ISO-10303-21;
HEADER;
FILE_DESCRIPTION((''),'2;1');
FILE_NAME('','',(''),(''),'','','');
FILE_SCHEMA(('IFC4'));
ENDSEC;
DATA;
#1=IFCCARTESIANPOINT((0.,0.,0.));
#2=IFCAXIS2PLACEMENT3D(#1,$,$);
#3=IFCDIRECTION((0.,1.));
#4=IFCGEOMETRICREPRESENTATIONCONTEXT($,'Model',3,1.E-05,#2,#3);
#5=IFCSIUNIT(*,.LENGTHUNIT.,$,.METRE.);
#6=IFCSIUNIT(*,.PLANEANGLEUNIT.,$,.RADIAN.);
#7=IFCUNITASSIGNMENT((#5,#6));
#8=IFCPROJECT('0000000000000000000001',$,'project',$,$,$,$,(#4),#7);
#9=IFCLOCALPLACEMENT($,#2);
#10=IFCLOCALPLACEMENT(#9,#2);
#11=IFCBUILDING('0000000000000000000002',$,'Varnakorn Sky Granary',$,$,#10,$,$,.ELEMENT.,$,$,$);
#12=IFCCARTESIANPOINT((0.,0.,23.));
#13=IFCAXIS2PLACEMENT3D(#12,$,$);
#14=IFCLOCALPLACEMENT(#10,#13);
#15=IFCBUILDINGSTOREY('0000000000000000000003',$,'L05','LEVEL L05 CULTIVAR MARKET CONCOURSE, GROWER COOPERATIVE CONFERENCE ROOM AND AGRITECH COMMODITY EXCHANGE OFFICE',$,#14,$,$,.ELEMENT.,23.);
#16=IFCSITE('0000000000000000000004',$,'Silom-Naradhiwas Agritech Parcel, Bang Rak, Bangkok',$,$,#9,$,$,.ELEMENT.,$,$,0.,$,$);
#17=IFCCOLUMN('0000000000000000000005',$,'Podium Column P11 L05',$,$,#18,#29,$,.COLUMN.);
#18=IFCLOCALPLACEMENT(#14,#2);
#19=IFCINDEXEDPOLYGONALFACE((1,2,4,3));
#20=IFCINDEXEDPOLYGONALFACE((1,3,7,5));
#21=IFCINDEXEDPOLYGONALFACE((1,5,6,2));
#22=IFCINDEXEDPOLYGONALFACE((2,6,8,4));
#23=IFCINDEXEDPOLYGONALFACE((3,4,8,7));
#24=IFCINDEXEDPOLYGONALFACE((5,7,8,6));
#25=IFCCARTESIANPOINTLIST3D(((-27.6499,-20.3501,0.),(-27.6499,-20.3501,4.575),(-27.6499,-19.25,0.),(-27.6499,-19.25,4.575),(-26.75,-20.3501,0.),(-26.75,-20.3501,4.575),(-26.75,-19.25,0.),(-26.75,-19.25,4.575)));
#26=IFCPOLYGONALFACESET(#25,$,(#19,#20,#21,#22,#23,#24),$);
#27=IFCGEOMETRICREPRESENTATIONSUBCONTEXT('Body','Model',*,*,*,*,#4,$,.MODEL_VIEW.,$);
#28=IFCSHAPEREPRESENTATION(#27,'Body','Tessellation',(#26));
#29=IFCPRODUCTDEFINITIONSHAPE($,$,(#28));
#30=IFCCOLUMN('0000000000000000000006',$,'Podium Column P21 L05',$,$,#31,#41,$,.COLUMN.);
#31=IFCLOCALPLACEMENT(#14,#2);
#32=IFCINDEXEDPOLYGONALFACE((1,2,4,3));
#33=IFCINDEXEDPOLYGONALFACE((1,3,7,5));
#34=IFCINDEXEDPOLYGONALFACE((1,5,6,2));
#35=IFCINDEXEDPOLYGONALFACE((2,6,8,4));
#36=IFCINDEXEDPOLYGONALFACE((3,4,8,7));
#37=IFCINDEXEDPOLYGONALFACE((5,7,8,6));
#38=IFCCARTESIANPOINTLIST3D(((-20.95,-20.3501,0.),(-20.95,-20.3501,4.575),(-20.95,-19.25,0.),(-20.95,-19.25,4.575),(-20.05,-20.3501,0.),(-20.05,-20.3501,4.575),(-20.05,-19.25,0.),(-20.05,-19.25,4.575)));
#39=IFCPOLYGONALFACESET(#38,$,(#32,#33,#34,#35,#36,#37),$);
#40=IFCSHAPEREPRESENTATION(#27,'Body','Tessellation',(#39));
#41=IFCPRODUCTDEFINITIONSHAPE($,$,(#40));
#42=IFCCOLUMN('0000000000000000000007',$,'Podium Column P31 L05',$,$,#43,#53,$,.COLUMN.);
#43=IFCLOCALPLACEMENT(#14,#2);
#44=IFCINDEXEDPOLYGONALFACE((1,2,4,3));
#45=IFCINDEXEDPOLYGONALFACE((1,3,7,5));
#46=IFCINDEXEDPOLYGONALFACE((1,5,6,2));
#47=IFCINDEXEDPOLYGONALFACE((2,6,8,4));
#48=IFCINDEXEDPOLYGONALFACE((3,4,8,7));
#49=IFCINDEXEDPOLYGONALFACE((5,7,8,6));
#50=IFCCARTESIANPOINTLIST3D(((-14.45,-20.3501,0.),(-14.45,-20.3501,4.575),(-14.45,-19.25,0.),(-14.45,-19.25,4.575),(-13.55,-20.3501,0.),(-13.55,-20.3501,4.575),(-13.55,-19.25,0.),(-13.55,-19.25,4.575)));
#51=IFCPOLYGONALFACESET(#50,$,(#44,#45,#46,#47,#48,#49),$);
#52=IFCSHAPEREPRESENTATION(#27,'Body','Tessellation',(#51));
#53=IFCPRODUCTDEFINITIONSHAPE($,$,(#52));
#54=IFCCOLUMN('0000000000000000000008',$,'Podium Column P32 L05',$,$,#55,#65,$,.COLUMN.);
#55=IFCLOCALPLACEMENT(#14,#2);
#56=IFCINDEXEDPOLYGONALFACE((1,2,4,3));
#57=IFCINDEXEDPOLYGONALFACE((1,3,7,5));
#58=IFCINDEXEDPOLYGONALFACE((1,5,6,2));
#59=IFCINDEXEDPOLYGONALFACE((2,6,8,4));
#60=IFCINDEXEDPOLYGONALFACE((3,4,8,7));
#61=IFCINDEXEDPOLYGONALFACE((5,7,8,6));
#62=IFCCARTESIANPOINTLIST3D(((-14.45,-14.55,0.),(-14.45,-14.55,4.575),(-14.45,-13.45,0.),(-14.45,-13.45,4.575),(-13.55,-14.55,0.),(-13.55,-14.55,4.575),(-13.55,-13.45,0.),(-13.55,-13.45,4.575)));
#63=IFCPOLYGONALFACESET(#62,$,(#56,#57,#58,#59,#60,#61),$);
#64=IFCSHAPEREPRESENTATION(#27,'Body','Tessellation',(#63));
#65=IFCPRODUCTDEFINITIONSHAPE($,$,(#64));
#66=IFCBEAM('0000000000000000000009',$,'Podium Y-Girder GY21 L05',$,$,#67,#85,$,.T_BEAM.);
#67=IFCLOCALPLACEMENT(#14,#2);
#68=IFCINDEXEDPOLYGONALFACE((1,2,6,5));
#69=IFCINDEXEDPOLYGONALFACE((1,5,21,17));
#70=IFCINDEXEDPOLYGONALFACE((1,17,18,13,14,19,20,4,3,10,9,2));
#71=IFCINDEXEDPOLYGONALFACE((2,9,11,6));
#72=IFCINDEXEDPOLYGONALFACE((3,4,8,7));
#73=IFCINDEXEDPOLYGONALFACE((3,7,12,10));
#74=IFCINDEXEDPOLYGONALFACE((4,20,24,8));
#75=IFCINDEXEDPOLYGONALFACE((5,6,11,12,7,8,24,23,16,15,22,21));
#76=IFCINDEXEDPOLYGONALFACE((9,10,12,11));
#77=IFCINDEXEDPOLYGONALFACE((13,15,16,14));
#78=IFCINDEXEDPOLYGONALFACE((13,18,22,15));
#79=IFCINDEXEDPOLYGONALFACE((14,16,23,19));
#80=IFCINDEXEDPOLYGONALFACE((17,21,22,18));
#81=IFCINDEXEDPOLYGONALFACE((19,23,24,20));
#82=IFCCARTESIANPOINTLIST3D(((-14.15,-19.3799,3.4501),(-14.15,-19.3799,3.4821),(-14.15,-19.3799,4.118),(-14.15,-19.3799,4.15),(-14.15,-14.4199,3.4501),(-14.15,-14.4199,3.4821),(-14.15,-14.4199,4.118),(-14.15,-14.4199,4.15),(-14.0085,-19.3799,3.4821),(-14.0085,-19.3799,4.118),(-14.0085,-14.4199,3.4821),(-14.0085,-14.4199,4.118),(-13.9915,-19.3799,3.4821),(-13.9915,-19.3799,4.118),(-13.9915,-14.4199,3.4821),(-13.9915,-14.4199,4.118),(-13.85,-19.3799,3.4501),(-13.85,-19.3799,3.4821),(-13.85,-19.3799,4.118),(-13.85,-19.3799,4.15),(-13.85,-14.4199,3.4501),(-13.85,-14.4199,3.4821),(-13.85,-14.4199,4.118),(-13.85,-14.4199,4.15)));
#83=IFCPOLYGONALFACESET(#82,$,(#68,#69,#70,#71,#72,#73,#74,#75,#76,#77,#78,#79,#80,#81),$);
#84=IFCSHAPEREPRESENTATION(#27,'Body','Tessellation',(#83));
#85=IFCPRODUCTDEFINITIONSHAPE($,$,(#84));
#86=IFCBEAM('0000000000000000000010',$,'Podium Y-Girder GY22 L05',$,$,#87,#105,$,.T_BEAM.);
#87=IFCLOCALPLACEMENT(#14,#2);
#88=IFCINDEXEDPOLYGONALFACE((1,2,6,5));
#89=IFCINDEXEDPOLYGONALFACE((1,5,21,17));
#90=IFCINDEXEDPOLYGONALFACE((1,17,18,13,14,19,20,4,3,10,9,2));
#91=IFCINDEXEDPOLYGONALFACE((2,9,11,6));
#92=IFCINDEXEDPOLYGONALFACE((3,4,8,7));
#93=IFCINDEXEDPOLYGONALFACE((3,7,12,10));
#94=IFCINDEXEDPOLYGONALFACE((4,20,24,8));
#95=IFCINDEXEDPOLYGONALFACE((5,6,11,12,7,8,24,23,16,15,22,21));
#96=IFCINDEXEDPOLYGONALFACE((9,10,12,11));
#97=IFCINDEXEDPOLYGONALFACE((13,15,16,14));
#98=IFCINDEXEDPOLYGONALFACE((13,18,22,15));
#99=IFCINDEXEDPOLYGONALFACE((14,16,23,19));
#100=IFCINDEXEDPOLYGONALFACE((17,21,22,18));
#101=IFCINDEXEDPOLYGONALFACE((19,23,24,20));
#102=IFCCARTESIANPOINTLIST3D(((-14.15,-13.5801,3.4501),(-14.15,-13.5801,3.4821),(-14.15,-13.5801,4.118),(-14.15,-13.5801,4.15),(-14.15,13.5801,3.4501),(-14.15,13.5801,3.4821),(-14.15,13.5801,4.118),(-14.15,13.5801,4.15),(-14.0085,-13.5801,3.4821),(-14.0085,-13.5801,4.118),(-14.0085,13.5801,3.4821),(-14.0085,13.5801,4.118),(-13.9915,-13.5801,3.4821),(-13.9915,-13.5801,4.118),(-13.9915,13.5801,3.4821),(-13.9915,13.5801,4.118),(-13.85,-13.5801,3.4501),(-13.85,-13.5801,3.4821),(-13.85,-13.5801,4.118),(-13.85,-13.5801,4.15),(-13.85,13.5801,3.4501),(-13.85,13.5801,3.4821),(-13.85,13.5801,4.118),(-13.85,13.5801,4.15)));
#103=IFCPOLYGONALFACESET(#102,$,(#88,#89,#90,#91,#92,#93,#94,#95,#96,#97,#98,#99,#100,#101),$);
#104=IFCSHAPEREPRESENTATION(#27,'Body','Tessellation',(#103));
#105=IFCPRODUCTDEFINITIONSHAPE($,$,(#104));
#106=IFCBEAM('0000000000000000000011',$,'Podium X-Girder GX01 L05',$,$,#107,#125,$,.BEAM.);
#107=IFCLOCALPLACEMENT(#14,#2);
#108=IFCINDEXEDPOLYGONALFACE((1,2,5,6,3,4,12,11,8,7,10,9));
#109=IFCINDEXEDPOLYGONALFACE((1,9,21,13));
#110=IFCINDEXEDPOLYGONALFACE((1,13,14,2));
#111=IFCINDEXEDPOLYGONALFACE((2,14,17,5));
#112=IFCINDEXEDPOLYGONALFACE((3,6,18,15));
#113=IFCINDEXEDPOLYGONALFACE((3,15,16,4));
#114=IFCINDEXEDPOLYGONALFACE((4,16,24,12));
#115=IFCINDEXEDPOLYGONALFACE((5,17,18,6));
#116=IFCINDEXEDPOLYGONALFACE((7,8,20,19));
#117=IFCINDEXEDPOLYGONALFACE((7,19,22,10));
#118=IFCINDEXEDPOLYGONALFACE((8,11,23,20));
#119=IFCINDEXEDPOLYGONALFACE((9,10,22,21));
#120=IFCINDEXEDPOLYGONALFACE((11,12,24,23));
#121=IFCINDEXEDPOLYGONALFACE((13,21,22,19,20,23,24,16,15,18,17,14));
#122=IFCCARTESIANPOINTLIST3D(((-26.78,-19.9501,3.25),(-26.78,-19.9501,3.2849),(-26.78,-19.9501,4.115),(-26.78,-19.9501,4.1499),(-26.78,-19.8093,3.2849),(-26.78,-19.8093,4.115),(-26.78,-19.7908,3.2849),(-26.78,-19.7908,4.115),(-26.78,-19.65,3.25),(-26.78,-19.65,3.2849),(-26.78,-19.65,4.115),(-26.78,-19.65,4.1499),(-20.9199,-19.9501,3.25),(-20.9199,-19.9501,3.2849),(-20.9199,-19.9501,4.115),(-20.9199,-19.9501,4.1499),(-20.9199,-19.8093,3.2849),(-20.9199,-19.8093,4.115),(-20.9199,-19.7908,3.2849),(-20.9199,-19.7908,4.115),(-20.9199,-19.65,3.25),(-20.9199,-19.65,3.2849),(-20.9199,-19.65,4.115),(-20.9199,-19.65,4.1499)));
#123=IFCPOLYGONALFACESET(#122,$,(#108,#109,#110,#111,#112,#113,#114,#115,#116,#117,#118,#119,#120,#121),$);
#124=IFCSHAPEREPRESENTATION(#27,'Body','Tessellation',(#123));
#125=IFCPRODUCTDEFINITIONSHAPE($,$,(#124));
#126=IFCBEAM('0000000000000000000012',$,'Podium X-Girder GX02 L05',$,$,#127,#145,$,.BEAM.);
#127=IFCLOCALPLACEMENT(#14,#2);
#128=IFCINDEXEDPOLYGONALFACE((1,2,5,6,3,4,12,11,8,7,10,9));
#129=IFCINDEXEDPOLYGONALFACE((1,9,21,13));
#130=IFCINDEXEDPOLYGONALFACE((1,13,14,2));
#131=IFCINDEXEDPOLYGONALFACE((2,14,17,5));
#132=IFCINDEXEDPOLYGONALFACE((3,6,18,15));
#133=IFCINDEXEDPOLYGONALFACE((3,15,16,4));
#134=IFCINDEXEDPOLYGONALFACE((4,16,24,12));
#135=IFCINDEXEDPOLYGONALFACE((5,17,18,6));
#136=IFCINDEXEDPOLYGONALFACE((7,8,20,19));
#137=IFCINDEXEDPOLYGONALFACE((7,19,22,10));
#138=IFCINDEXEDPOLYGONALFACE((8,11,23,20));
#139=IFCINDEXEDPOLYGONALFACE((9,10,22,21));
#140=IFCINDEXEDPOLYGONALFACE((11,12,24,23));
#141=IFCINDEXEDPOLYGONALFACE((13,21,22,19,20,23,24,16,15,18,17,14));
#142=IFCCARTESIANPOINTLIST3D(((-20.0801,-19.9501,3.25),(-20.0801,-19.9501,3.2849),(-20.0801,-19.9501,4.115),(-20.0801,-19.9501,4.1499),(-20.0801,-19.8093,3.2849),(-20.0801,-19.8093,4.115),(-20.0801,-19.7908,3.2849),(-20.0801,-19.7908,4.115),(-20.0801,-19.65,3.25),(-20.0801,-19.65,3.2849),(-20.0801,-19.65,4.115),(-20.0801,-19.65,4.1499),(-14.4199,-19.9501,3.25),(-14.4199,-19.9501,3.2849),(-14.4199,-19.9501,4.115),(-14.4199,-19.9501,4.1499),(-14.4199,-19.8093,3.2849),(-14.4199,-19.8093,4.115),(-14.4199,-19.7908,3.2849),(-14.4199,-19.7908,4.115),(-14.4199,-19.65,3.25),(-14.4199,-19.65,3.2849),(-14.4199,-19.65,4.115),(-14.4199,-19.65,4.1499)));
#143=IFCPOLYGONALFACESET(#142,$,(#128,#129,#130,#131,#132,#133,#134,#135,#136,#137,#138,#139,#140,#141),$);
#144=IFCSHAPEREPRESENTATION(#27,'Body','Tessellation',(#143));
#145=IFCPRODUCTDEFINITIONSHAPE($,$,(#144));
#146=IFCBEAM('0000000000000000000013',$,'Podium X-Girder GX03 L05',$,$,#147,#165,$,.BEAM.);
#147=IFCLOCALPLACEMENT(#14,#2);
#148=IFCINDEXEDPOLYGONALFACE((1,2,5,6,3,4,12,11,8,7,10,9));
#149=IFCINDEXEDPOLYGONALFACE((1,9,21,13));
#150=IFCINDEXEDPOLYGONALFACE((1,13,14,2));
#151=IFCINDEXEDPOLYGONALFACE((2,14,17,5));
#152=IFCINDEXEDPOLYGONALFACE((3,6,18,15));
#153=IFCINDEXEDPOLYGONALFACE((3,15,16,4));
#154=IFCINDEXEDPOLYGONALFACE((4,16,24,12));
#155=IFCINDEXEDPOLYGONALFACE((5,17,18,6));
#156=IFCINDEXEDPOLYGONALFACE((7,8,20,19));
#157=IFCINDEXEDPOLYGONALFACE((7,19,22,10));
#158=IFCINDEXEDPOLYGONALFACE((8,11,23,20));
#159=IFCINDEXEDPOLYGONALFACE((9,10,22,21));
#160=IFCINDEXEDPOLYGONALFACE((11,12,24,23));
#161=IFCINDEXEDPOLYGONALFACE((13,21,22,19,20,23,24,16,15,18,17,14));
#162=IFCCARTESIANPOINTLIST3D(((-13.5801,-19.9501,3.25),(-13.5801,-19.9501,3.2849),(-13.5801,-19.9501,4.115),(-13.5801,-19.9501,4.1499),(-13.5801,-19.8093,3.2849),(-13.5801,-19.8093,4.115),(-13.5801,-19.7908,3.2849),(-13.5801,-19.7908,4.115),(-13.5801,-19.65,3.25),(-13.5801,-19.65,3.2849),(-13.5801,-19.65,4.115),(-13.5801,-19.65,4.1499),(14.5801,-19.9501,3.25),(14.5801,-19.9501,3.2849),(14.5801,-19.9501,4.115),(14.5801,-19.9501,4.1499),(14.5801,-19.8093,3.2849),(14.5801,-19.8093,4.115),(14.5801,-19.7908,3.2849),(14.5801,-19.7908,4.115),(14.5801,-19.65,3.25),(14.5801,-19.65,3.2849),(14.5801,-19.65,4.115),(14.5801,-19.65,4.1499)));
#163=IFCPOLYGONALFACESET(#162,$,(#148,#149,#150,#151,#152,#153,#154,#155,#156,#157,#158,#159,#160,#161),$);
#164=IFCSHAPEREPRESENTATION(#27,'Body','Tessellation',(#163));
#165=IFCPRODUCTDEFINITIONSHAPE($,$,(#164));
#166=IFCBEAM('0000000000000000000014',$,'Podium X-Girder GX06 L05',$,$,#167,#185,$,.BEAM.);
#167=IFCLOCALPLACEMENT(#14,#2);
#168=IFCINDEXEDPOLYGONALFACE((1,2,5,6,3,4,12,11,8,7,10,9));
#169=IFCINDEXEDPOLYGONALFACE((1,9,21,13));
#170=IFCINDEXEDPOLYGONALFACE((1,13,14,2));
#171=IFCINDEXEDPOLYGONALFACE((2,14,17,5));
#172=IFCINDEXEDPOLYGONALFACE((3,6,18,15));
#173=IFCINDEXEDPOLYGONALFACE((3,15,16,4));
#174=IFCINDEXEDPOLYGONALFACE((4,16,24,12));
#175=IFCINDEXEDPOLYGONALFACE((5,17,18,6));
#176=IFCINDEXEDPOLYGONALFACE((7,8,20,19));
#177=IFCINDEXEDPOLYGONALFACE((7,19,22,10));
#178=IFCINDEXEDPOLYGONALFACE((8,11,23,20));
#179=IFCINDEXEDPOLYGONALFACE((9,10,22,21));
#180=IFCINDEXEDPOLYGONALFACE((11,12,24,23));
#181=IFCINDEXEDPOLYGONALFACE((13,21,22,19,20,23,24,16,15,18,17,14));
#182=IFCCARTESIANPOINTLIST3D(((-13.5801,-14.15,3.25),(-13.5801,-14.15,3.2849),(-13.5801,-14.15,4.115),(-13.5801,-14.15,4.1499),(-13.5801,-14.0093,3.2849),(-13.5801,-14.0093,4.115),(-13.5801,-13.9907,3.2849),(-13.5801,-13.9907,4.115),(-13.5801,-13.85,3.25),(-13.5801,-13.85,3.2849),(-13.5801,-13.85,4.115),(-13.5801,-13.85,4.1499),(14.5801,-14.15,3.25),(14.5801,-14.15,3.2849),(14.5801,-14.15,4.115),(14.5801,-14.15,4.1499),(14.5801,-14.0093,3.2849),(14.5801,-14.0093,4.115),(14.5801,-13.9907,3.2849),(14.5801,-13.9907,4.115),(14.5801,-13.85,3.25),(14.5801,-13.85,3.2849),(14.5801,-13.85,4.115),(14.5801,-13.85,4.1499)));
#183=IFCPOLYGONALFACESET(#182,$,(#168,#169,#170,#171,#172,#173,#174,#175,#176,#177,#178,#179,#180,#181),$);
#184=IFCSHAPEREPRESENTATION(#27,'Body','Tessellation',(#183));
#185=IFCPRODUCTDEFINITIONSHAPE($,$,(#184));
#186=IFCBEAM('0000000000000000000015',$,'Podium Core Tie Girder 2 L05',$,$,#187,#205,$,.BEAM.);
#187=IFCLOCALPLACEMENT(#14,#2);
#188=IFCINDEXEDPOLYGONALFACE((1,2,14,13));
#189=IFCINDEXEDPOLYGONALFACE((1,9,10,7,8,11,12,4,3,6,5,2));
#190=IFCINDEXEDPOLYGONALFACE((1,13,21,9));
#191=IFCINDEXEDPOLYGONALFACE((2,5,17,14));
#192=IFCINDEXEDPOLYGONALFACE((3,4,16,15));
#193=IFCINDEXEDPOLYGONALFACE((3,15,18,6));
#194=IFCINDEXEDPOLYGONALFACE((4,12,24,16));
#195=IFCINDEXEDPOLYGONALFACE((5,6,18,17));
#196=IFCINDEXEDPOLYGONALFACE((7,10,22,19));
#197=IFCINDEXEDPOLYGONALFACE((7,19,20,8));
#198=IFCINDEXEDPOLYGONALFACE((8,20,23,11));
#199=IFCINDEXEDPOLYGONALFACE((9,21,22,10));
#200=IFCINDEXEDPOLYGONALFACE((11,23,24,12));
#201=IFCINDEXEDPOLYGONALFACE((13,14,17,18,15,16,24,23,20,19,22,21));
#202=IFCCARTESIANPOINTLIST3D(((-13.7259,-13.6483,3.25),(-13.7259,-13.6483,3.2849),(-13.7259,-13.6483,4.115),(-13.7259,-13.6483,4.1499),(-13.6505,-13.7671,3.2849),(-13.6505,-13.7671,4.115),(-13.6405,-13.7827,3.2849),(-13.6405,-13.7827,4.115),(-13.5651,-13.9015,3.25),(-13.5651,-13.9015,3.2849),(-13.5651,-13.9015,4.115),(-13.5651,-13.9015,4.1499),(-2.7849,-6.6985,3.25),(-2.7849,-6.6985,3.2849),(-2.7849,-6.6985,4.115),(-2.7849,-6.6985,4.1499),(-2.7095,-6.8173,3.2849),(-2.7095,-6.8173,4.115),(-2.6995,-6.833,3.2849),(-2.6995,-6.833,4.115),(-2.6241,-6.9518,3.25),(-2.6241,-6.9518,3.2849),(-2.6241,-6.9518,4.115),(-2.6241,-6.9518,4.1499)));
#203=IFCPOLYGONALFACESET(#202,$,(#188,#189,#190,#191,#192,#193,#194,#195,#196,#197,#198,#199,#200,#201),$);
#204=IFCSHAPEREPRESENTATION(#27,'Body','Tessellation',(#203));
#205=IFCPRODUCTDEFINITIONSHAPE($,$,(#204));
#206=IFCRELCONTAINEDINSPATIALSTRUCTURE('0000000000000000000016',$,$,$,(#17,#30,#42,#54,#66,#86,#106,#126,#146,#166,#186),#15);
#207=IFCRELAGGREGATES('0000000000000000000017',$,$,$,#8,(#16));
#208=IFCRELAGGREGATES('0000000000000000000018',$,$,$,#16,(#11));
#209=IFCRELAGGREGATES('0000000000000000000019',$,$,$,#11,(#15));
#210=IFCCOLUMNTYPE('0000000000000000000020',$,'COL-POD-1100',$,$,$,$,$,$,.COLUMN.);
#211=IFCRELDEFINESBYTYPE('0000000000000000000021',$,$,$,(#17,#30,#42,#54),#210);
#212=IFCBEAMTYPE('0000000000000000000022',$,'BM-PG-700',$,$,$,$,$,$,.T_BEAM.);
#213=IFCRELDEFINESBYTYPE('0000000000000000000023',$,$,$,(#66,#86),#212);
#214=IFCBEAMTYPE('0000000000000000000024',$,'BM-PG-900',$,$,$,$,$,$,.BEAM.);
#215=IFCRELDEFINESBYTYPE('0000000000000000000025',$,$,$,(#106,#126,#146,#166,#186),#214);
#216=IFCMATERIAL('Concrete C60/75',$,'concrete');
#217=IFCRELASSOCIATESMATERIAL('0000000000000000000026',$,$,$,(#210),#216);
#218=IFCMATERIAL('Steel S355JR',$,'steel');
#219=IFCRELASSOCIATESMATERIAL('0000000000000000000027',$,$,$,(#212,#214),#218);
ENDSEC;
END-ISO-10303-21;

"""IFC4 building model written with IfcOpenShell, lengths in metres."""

from ifc_helpers import new_model, si_unit, direction, frame, origin, origin_2d, place, context, subcontext, project, spatial, rectangle, i_section, extrude, material, material_profile, profile_set, type_object, element, save


model = new_model("IFC4")

# Units and contexts
model_context = context("Model", 3, precision=1e-05, world=origin(), true_north=direction((0.0, 1.0)))
body_context = subcontext(model_context, "Body", "Model", "MODEL_VIEW")
ifc_project = project(units=[si_unit("LENGTHUNIT", "METRE"), si_unit("PLANEANGLEUNIT", "RADIAN")], contexts=[model_context])

# Site, building, storey
site_placement = place(None, origin())
site = spatial("IfcSite", under=ifc_project, at=site_placement, Name="Silom-Naradhiwas Agritech Parcel, Bang Rak, Bangkok", CompositionType="ELEMENT", RefElevation=0.0)
building_placement = place(site_placement, origin())
building = spatial("IfcBuilding", under=site, at=building_placement, Name="Varnakorn Sky Granary", CompositionType="ELEMENT")
storey_placement = place(building_placement, frame((0.0, 0.0, 23.0)))
storey = spatial("IfcBuildingStorey", under=building, at=storey_placement, Name="L05", Description="LEVEL L05 CULTIVAR MARKET CONCOURSE, GROWER COOPERATIVE CONFERENCE ROOM AND AGRITECH COMMODITY EXCHANGE OFFICE", CompositionType="ELEMENT", Elevation=23.0)

# Columns
ifc_material_1 = material(Name="Concrete C60/75", Category="concrete")
ifc_material_profile_1 = material_profile(ifc_material_1, rectangle(XDim=0.8999, YDim=1.1001, at=origin_2d()), Name="RC 900x1100")
ifc_profile_set_1 = profile_set([ifc_material_profile_1], Name="Concrete C60/75")
column_type = type_object("IfcColumnType", Name="COL-POD-1100", PredefinedType="COLUMN", material=ifc_profile_set_1)
for number, where, z_axis, x_axis, name in (
    (1, (-27.2, -19.8, 0.0), (0.0, 0.0, 1.0), (1.0, 0.0, 0.0), "Podium Column P11 L05"),
    (2, (-20.5, -19.8, 0.0), (0.0, 0.0, 1.0), (1.0, 0.0, 0.0), "Podium Column P21 L05"),
    (3, (-14.0, -19.8, 0.0), (0.0, 0.0, 1.0), (1.0, 0.0, 0.0), "Podium Column P31 L05"),
    (4, (-14.0, -14.0, 0.0), (0.0, 0.0, 1.0), (1.0, 0.0, 0.0), "Podium Column P32 L05"),
):
    element("IfcColumn", number, at=place(storey_placement, frame(where, z_axis=z_axis, x_axis=x_axis)), inside=storey, type_object=column_type, Name=name, PredefinedType="COLUMN", context=body_context, shape_type="SweptSolid", body=[
        extrude(rectangle(XDim=0.8999, YDim=1.1001, at=origin_2d()), origin(), (0.0, 0.0, 1.0), 4.575),
    ])

# Beams
ifc_material_2 = material(Name="Steel S355JR", Category="steel")
ifc_material_profile_2 = material_profile(ifc_material_2, i_section(OverallWidth=0.3, OverallDepth=0.7, WebThickness=0.0171, FlangeThickness=0.032, at=origin_2d()), Name="HE 700 B")
ifc_profile_set_2 = profile_set([ifc_material_profile_2], Name="Steel S355JR")
beam_type_1 = type_object("IfcBeamType", Name="BM-PG-700", PredefinedType="T_BEAM", material=ifc_profile_set_2)
beam_1_placement = place(storey_placement, frame((-14.0, -19.3799, 3.8), z_axis=(0.0, 1.0, 0.0), x_axis=(-1.0, 0.0, 0.0)))
element("IfcBeam", 5, at=beam_1_placement, inside=storey, type_object=beam_type_1, Name="Podium Y-Girder GY21 L05", PredefinedType="T_BEAM", context=body_context, shape_type="SweptSolid", body=[
    extrude(i_section(OverallWidth=0.3, OverallDepth=0.7, WebThickness=0.0171, FlangeThickness=0.032, at=origin_2d()), origin(), (0.0, 0.0, 1.0), 4.96),
])
beam_2_placement = place(storey_placement, frame((-14.0, -13.5801, 3.8), z_axis=(0.0, 1.0, 0.0), x_axis=(-1.0, 0.0, 0.0)))
element("IfcBeam", 6, at=beam_2_placement, inside=storey, type_object=beam_type_1, Name="Podium Y-Girder GY22 L05", PredefinedType="T_BEAM", context=body_context, shape_type="SweptSolid", body=[
    extrude(i_section(OverallWidth=0.3, OverallDepth=0.7, WebThickness=0.0171, FlangeThickness=0.032, at=origin_2d()), origin(), (0.0, 0.0, 1.0), 27.1602),
])
ifc_material_profile_3 = material_profile(ifc_material_2, i_section(OverallWidth=0.3, OverallDepth=0.8999, WebThickness=0.0186, FlangeThickness=0.0349, at=origin_2d()), Name="HE 900 B")
ifc_profile_set_3 = profile_set([ifc_material_profile_3], Name="Steel S355JR")
beam_type_2 = type_object("IfcBeamType", Name="BM-PG-900", PredefinedType="BEAM", material=ifc_profile_set_3)
beam_3_placement = place(storey_placement, frame((-26.78, -19.8, 3.7), z_axis=(1.0, 0.0, 0.0), x_axis=(0.0, 1.0, 0.0)))
element("IfcBeam", 7, at=beam_3_placement, inside=storey, type_object=beam_type_2, Name="Podium X-Girder GX01 L05", PredefinedType="BEAM", context=body_context, shape_type="SweptSolid", body=[
    extrude(i_section(OverallWidth=0.3, OverallDepth=0.8999, WebThickness=0.0186, FlangeThickness=0.0349, at=origin_2d()), origin(), (0.0, 0.0, 1.0), 5.8601),
])
beam_4_placement = place(storey_placement, frame((-20.0801, -19.8, 3.7), z_axis=(1.0, 0.0, 0.0), x_axis=(0.0, 1.0, 0.0)))
element("IfcBeam", 8, at=beam_4_placement, inside=storey, type_object=beam_type_2, Name="Podium X-Girder GX02 L05", PredefinedType="BEAM", context=body_context, shape_type="SweptSolid", body=[
    extrude(i_section(OverallWidth=0.3, OverallDepth=0.8999, WebThickness=0.0186, FlangeThickness=0.0349, at=origin_2d()), origin(), (0.0, 0.0, 1.0), 5.6602),
])
for number, where, z_axis, x_axis, name in (
    (9, (-13.5801, -19.8, 3.7), (1.0, 0.0, 0.0), (0.0, 1.0, 0.0), "Podium X-Girder GX03 L05"),
    (10, (-13.5801, -14.0, 3.7), (1.0, 0.0, 0.0), (0.0, 1.0, 0.0), "Podium X-Girder GX06 L05"),
):
    element("IfcBeam", number, at=place(storey_placement, frame(where, z_axis=z_axis, x_axis=x_axis)), inside=storey, type_object=beam_type_2, Name=name, PredefinedType="BEAM", context=body_context, shape_type="SweptSolid", body=[
        extrude(i_section(OverallWidth=0.3, OverallDepth=0.8999, WebThickness=0.0186, FlangeThickness=0.0349, at=origin_2d()), origin(), (0.0, 0.0, 1.0), 28.1602),
    ])
beam_5_placement = place(storey_placement, frame((-13.6455, -13.7749, 3.7), z_axis=(0.844105, 0.536178, 0.0), x_axis=(-0.536178, 0.844105, 0.0)))
element("IfcBeam", 11, at=beam_5_placement, inside=storey, type_object=beam_type_2, Name="Podium Core Tie Girder 2 L05", PredefinedType="BEAM", context=body_context, shape_type="SweptSolid", body=[
    extrude(i_section(OverallWidth=0.3, OverallDepth=0.8999, WebThickness=0.0186, FlangeThickness=0.0349, at=origin_2d()), origin(), (0.0, 0.0, 1.0), 12.9617),
])

save(model, "model.ifc")
